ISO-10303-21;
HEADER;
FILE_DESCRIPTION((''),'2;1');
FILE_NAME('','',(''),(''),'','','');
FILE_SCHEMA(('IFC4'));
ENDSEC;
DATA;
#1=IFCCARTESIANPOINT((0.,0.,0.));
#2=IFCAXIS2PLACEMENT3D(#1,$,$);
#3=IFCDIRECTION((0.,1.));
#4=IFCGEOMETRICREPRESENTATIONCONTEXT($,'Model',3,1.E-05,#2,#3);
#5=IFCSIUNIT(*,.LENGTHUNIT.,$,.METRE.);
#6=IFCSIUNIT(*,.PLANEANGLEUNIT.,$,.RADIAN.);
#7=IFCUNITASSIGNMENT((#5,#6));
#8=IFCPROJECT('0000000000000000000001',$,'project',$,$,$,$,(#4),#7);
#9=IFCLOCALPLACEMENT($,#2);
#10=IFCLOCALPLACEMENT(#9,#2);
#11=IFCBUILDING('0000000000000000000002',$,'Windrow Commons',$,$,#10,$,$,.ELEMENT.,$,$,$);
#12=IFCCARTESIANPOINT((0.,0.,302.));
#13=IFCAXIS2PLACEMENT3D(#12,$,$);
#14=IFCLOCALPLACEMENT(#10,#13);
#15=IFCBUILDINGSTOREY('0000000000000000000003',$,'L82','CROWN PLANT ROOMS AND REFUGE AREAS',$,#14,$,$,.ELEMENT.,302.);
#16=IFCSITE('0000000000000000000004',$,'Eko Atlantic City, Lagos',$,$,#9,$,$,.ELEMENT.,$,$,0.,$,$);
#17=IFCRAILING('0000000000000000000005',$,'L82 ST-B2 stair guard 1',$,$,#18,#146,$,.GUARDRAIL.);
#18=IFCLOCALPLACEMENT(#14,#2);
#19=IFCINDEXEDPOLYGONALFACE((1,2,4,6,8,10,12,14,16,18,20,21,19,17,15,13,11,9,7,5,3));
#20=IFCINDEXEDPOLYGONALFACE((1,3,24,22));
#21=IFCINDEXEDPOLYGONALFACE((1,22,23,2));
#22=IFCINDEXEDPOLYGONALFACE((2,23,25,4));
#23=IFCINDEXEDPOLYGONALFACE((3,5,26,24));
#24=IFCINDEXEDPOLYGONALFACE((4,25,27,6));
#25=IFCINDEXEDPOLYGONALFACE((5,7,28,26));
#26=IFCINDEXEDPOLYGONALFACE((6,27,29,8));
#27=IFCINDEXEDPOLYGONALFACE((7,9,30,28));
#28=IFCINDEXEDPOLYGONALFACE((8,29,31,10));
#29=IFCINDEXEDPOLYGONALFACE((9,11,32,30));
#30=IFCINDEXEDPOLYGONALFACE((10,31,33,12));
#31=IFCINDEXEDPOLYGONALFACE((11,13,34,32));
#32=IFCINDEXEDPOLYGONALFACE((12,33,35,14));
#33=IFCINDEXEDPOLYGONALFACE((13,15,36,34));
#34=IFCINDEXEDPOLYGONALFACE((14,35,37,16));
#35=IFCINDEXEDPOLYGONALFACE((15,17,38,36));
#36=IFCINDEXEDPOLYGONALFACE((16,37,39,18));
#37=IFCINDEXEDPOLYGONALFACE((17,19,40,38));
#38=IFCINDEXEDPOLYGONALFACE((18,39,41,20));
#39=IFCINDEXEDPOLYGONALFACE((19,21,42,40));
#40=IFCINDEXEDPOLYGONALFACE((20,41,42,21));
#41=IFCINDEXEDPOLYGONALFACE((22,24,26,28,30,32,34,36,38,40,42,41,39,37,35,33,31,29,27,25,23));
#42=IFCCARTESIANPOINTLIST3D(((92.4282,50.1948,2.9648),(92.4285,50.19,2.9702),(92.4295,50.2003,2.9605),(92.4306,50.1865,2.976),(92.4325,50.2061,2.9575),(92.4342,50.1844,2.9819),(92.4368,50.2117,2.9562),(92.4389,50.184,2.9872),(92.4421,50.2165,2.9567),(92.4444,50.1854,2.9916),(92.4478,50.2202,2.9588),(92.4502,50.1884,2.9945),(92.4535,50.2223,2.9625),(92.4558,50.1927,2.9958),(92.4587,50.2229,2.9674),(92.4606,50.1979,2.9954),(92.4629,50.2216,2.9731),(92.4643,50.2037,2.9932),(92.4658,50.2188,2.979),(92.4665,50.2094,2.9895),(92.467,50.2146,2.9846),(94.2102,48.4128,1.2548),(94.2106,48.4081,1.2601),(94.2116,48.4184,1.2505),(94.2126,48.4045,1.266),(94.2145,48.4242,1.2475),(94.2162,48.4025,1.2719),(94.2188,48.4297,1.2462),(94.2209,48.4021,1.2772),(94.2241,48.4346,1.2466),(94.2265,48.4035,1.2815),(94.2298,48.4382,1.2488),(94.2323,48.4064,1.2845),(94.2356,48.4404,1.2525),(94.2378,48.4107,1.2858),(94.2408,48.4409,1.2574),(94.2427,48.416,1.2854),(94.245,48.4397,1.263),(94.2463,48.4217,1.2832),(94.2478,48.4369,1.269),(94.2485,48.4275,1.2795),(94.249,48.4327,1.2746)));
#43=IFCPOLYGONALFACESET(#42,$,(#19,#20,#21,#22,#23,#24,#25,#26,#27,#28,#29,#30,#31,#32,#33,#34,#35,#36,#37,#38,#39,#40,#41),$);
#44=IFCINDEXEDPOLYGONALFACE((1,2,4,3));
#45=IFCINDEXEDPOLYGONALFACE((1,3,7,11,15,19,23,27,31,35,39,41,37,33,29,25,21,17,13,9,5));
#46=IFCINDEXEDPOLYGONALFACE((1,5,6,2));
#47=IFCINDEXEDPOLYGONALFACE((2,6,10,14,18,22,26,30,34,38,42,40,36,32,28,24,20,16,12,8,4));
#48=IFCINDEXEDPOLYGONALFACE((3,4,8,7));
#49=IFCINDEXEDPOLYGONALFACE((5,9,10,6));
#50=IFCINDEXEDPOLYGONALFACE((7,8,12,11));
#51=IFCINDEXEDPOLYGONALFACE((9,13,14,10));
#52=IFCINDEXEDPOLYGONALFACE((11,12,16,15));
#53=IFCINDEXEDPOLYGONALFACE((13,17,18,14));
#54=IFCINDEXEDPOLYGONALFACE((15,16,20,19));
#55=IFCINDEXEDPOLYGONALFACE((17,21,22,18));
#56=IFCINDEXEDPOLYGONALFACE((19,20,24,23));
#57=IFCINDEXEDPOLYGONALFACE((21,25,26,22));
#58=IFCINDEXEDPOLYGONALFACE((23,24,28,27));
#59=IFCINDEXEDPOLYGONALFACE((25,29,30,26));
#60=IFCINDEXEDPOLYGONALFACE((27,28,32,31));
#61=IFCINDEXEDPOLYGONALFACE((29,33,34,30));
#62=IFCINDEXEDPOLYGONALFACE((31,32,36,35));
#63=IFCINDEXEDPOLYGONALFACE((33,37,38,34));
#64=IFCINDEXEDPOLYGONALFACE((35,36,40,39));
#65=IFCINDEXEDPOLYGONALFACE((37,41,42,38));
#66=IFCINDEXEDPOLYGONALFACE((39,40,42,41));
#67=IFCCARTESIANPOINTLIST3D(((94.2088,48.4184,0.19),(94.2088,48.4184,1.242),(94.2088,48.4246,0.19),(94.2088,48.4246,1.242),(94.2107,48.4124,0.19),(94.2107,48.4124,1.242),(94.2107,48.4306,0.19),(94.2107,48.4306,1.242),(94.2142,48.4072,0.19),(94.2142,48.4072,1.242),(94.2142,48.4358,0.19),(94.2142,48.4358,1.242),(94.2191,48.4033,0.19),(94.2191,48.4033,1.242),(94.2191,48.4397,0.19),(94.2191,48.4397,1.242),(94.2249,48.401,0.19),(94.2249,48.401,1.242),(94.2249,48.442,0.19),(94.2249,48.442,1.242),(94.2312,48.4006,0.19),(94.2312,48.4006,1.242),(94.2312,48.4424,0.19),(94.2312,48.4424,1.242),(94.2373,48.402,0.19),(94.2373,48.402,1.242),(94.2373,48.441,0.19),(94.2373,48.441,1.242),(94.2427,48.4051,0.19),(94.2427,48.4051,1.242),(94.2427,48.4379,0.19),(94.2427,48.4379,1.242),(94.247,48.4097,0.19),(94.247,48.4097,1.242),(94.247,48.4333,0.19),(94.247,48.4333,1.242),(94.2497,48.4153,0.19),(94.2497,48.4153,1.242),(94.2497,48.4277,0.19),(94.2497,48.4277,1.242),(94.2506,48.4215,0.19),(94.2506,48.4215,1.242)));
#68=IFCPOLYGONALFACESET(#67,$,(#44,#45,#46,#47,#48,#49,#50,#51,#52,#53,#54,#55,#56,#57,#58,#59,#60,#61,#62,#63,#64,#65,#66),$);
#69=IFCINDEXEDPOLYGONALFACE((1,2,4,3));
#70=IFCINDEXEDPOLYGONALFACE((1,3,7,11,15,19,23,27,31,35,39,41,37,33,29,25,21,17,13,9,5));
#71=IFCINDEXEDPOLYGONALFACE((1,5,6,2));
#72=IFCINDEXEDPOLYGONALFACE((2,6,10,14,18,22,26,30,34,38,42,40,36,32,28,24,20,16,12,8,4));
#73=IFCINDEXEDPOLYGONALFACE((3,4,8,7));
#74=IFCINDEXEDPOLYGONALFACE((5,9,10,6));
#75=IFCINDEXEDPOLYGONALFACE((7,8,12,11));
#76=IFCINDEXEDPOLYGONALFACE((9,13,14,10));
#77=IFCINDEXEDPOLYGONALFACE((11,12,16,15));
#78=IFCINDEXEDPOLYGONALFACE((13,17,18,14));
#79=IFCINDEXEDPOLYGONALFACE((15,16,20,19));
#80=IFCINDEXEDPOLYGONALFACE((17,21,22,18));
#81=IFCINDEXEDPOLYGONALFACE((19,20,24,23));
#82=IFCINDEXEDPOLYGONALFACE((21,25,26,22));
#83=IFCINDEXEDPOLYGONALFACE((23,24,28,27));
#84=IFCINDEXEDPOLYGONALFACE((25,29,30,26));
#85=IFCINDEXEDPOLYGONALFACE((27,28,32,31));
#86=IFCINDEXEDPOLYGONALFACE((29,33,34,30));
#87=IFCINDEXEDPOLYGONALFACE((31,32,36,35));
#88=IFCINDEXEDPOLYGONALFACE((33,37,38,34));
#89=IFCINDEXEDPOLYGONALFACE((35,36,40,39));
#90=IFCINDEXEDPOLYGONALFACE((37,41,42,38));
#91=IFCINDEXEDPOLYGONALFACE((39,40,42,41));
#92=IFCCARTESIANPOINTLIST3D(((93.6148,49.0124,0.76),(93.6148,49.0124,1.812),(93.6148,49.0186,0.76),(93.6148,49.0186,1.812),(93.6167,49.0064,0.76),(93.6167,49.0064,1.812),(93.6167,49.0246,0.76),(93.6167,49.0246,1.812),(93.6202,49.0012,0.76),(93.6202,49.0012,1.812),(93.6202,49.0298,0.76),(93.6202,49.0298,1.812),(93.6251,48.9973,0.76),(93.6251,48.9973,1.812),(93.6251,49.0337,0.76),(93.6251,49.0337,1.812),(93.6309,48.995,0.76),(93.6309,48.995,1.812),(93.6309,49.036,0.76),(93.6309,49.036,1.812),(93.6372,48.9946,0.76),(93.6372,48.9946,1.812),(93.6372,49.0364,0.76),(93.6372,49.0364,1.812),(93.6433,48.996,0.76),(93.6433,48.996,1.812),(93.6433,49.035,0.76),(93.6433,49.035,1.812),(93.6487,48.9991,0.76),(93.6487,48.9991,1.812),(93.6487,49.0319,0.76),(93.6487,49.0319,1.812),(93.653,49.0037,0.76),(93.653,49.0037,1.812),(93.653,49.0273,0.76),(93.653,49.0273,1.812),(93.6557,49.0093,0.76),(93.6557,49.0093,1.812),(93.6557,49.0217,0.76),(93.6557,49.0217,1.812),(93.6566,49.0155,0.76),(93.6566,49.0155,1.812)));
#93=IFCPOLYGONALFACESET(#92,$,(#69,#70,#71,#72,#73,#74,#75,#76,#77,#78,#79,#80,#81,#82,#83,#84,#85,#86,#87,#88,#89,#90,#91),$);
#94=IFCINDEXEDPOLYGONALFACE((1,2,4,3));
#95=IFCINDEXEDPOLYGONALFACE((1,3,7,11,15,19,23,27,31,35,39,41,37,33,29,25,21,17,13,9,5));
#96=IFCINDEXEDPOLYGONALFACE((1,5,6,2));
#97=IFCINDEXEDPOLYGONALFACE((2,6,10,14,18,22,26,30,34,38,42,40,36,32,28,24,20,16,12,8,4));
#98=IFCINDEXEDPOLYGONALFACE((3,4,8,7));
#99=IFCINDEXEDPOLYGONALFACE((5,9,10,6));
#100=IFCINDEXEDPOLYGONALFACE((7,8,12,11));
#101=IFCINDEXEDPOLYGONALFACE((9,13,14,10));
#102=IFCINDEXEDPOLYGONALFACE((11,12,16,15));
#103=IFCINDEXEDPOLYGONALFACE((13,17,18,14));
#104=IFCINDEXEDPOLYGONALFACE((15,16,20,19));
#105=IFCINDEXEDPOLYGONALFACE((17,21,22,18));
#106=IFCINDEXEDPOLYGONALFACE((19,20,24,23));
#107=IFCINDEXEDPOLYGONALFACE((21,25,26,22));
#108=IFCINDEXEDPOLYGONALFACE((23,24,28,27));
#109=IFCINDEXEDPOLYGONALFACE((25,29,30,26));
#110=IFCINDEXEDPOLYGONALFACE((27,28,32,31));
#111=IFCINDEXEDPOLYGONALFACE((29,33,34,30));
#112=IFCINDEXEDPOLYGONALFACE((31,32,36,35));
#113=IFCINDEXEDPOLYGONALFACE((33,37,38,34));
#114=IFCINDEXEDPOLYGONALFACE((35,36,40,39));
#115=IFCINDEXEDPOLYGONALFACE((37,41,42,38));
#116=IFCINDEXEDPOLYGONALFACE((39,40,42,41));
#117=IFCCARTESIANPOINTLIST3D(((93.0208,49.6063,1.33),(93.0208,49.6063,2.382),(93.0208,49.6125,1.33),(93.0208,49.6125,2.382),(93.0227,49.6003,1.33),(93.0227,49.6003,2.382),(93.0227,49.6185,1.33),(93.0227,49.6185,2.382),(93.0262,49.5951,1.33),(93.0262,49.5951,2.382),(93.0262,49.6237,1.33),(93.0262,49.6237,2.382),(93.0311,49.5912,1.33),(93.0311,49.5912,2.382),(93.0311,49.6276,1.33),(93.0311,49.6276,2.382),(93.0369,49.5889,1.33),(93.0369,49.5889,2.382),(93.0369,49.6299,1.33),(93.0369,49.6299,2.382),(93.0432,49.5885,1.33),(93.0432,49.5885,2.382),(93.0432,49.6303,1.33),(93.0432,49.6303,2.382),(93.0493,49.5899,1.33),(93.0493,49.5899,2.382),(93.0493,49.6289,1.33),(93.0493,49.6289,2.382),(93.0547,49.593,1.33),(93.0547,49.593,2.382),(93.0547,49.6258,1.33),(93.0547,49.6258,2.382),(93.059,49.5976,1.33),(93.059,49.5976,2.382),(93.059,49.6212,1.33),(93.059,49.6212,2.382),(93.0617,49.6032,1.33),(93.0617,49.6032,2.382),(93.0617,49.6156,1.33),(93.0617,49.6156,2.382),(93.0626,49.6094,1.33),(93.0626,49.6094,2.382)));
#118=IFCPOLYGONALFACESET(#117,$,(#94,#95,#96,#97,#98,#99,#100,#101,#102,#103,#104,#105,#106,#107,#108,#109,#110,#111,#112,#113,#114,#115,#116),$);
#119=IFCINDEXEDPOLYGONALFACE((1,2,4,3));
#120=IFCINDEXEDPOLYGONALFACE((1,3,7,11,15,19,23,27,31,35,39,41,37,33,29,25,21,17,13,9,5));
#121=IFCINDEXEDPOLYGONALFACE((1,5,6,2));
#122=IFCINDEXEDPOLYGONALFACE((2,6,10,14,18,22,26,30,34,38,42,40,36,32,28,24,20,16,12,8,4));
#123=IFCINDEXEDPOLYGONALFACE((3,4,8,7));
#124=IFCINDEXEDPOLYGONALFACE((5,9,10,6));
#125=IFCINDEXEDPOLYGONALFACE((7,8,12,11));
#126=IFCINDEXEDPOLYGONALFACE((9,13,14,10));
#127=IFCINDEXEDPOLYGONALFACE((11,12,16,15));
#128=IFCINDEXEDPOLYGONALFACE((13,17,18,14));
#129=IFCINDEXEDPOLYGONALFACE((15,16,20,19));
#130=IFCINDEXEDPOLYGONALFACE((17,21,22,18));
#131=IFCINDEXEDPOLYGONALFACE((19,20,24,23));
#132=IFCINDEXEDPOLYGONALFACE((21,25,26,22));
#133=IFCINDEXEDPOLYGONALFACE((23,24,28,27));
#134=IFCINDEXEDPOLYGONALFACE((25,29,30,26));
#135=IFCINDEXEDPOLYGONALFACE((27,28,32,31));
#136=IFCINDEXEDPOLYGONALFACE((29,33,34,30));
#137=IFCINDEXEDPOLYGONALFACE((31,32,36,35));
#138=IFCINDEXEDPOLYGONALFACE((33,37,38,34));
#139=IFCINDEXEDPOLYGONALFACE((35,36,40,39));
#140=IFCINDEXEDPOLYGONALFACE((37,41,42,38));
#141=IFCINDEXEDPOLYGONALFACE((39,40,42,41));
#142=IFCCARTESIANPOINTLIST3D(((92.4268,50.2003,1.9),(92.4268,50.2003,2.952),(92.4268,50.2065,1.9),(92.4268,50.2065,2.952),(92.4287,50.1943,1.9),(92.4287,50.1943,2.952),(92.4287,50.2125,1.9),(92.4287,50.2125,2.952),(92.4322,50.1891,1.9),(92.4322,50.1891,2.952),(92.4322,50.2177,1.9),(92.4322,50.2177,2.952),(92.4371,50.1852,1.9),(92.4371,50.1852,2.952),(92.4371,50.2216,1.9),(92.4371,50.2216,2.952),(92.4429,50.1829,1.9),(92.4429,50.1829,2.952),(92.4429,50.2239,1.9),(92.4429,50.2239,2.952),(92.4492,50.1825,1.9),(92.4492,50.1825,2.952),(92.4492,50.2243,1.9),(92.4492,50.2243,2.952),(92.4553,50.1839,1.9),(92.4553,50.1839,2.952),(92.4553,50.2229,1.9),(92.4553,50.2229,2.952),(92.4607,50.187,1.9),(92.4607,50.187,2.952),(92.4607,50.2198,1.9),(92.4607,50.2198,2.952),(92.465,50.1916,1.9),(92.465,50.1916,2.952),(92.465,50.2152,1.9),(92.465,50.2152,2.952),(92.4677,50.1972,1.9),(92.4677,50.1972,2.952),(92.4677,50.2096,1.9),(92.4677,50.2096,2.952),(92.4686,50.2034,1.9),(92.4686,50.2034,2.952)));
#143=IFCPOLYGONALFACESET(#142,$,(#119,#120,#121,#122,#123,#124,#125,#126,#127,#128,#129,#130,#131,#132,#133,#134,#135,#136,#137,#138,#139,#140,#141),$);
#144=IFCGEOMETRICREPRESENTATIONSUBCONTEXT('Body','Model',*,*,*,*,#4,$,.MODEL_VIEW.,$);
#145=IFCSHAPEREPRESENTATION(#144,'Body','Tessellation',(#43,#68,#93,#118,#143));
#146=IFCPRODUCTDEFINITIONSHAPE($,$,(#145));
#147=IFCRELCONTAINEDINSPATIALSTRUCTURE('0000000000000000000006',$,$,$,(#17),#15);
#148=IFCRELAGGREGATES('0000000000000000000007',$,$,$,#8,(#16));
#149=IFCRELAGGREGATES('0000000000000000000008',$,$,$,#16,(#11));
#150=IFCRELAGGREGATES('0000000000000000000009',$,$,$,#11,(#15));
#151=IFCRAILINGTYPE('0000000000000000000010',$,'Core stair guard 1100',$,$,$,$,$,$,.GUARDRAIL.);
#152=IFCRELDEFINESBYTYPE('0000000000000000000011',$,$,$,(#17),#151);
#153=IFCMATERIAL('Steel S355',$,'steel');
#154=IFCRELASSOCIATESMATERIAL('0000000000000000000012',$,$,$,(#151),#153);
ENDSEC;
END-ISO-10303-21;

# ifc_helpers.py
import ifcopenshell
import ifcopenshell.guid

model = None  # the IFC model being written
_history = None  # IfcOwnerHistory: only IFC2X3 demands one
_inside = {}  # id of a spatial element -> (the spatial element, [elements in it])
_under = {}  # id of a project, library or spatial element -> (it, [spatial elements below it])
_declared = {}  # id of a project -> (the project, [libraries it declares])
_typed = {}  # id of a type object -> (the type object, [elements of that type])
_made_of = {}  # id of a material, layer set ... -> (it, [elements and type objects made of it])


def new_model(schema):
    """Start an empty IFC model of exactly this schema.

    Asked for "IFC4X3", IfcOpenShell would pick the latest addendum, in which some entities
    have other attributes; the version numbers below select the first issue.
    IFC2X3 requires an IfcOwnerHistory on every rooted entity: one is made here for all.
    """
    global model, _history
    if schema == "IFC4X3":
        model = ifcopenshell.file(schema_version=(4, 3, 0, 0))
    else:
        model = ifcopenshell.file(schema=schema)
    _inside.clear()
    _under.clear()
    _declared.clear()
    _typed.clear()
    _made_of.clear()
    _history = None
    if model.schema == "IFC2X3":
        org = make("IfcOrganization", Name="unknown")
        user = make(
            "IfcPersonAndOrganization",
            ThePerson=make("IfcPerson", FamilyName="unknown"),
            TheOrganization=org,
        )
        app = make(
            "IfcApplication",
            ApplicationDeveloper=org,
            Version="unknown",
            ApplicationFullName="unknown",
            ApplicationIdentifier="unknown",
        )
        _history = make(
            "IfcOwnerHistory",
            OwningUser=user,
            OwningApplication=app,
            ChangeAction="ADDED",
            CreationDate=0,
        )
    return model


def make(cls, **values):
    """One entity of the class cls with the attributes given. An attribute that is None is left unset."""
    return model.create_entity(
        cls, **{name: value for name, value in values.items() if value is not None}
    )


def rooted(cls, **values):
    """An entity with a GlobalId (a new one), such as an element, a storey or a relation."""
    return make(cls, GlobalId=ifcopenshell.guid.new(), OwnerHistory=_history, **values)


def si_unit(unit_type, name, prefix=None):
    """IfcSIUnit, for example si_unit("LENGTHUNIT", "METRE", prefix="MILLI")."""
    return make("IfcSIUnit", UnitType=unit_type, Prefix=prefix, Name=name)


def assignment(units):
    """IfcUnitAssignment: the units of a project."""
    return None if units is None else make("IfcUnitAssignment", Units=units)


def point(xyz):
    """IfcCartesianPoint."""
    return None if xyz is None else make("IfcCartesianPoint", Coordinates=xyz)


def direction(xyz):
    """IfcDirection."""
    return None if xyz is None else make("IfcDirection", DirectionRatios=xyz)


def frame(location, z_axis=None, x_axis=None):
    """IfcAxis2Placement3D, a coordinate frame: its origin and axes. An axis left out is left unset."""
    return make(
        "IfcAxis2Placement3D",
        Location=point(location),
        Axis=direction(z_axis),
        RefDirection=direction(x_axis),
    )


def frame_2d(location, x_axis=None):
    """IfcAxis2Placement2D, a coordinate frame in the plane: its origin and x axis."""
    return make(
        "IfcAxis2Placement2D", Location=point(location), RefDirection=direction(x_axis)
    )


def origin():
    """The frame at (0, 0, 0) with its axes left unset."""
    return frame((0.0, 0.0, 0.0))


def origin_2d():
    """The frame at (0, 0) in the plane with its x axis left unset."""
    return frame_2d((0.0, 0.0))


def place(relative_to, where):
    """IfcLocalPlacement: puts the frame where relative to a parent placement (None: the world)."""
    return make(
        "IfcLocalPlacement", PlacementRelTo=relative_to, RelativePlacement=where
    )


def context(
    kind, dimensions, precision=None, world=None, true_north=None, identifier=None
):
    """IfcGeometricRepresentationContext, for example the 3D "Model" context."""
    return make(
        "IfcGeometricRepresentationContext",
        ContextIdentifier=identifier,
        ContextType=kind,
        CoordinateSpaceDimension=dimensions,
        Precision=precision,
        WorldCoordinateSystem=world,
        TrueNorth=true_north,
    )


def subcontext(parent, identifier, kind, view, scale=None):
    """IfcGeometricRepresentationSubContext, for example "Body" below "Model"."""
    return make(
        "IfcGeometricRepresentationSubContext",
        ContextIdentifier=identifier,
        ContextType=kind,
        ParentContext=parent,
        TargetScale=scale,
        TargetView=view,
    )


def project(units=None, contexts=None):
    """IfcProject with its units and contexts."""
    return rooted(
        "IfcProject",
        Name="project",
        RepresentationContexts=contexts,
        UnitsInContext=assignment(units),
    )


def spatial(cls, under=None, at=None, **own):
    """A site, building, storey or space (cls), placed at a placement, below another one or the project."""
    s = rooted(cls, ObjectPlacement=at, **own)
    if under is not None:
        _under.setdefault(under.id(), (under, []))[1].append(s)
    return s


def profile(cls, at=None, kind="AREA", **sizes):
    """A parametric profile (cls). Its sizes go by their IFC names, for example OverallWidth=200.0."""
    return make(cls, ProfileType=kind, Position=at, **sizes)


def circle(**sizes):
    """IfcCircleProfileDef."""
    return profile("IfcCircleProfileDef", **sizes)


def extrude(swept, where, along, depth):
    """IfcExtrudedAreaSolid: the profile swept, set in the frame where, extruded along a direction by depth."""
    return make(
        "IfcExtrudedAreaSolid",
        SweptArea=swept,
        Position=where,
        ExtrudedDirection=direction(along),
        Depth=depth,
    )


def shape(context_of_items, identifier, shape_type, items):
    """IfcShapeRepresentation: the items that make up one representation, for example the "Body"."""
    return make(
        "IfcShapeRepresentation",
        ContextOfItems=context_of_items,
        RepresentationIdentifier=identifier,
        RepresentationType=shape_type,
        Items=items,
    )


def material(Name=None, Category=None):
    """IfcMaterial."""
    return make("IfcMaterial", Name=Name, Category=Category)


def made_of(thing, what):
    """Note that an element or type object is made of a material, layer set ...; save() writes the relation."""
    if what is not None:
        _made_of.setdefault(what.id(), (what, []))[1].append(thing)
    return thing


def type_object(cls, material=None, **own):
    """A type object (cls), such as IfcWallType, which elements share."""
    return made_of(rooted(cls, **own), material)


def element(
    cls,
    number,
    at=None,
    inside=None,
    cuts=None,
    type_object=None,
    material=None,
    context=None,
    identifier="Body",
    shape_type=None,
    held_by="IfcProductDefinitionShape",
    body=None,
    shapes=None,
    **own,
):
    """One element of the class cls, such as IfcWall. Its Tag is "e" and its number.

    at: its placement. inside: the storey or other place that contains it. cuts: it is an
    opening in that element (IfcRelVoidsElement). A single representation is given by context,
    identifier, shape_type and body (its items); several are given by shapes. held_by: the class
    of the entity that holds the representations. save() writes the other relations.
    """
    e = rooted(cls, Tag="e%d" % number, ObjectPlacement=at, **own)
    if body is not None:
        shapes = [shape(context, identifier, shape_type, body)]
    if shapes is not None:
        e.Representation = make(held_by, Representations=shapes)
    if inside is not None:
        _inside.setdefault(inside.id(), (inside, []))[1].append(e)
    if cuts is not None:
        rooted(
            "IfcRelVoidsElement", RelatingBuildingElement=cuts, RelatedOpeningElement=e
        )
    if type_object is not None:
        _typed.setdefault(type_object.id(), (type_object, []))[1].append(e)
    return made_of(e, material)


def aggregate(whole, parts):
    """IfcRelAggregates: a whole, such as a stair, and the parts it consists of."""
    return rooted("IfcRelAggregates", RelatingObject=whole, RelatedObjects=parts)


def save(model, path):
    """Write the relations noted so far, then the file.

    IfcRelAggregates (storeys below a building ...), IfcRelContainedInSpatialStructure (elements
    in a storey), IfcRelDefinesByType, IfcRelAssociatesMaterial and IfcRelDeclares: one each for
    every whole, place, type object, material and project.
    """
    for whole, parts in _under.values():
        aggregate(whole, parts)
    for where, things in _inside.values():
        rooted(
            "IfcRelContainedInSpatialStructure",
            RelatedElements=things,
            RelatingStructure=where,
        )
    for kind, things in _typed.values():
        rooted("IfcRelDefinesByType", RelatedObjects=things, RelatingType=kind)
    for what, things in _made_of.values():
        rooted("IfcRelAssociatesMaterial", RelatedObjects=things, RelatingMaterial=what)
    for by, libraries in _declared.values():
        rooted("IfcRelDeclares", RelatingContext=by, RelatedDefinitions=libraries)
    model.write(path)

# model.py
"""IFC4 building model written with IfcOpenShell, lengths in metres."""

from ifc_helpers import new_model, si_unit, direction, frame, origin, origin_2d, place, context, subcontext, project, spatial, circle, extrude, material, type_object, element, save


model = new_model("IFC4")

# Units and contexts
model_context = context("Model", 3, precision=1e-05, world=origin(), true_north=direction((0.0, 1.0)))
body_context = subcontext(model_context, "Body", "Model", "MODEL_VIEW")
ifc_project = project(units=[si_unit("LENGTHUNIT", "METRE"), si_unit("PLANEANGLEUNIT", "RADIAN")], contexts=[model_context])

# Site, building, storey
site_placement = place(None, origin())
site = spatial("IfcSite", under=ifc_project, at=site_placement, Name="Eko Atlantic City, Lagos", CompositionType="ELEMENT", RefElevation=0.0)
building_placement = place(site_placement, origin())
building = spatial("IfcBuilding", under=site, at=building_placement, Name="Windrow Commons", CompositionType="ELEMENT")
storey_placement = place(building_placement, frame((0.0, 0.0, 302.0)))
storey = spatial("IfcBuildingStorey", under=building, at=storey_placement, Name="L82", Description="CROWN PLANT ROOMS AND REFUGE AREAS", CompositionType="ELEMENT", Elevation=302.0)

# Railing
ifc_material_1 = material(Name="Steel S355", Category="steel")
railing_type_1 = type_object("IfcRailingType", Name="Core stair guard 1100", PredefinedType="GUARDRAIL", material=ifc_material_1)
railing_1_placement = place(storey_placement, frame((94.2296, 48.4215, 0.19)))
element("IfcRailing", 1, at=railing_1_placement, inside=storey, type_object=railing_type_1, Name="L82 ST-B2 stair guard 1", PredefinedType="GUARDRAIL", context=body_context, shape_type="SweptSolid", body=[
    extrude(circle(Radius=0.024, at=origin_2d()), frame((0.0, 0.0, 1.076), z_axis=(-0.585134, 0.585102, 0.561493), x_axis=(-0.707087, -0.707127, 0.0)), (0.0, 0.0, 1.0), 3.0455),
    extrude(circle(Radius=0.021, at=origin_2d()), origin(), (0.0, 0.0, 1.0), 1.052),
    extrude(circle(Radius=0.021, at=origin_2d()), frame((-0.594, 0.594, 0.57)), (0.0, 0.0, 1.0), 1.052),
    extrude(circle(Radius=0.021, at=origin_2d()), frame((-1.188, 1.1879, 1.14)), (0.0, 0.0, 1.0), 1.052),
    extrude(circle(Radius=0.021, at=origin_2d()), frame((-1.782, 1.7819, 1.71)), (0.0, 0.0, 1.0), 1.052),
])

save(model, "model.ifc")
